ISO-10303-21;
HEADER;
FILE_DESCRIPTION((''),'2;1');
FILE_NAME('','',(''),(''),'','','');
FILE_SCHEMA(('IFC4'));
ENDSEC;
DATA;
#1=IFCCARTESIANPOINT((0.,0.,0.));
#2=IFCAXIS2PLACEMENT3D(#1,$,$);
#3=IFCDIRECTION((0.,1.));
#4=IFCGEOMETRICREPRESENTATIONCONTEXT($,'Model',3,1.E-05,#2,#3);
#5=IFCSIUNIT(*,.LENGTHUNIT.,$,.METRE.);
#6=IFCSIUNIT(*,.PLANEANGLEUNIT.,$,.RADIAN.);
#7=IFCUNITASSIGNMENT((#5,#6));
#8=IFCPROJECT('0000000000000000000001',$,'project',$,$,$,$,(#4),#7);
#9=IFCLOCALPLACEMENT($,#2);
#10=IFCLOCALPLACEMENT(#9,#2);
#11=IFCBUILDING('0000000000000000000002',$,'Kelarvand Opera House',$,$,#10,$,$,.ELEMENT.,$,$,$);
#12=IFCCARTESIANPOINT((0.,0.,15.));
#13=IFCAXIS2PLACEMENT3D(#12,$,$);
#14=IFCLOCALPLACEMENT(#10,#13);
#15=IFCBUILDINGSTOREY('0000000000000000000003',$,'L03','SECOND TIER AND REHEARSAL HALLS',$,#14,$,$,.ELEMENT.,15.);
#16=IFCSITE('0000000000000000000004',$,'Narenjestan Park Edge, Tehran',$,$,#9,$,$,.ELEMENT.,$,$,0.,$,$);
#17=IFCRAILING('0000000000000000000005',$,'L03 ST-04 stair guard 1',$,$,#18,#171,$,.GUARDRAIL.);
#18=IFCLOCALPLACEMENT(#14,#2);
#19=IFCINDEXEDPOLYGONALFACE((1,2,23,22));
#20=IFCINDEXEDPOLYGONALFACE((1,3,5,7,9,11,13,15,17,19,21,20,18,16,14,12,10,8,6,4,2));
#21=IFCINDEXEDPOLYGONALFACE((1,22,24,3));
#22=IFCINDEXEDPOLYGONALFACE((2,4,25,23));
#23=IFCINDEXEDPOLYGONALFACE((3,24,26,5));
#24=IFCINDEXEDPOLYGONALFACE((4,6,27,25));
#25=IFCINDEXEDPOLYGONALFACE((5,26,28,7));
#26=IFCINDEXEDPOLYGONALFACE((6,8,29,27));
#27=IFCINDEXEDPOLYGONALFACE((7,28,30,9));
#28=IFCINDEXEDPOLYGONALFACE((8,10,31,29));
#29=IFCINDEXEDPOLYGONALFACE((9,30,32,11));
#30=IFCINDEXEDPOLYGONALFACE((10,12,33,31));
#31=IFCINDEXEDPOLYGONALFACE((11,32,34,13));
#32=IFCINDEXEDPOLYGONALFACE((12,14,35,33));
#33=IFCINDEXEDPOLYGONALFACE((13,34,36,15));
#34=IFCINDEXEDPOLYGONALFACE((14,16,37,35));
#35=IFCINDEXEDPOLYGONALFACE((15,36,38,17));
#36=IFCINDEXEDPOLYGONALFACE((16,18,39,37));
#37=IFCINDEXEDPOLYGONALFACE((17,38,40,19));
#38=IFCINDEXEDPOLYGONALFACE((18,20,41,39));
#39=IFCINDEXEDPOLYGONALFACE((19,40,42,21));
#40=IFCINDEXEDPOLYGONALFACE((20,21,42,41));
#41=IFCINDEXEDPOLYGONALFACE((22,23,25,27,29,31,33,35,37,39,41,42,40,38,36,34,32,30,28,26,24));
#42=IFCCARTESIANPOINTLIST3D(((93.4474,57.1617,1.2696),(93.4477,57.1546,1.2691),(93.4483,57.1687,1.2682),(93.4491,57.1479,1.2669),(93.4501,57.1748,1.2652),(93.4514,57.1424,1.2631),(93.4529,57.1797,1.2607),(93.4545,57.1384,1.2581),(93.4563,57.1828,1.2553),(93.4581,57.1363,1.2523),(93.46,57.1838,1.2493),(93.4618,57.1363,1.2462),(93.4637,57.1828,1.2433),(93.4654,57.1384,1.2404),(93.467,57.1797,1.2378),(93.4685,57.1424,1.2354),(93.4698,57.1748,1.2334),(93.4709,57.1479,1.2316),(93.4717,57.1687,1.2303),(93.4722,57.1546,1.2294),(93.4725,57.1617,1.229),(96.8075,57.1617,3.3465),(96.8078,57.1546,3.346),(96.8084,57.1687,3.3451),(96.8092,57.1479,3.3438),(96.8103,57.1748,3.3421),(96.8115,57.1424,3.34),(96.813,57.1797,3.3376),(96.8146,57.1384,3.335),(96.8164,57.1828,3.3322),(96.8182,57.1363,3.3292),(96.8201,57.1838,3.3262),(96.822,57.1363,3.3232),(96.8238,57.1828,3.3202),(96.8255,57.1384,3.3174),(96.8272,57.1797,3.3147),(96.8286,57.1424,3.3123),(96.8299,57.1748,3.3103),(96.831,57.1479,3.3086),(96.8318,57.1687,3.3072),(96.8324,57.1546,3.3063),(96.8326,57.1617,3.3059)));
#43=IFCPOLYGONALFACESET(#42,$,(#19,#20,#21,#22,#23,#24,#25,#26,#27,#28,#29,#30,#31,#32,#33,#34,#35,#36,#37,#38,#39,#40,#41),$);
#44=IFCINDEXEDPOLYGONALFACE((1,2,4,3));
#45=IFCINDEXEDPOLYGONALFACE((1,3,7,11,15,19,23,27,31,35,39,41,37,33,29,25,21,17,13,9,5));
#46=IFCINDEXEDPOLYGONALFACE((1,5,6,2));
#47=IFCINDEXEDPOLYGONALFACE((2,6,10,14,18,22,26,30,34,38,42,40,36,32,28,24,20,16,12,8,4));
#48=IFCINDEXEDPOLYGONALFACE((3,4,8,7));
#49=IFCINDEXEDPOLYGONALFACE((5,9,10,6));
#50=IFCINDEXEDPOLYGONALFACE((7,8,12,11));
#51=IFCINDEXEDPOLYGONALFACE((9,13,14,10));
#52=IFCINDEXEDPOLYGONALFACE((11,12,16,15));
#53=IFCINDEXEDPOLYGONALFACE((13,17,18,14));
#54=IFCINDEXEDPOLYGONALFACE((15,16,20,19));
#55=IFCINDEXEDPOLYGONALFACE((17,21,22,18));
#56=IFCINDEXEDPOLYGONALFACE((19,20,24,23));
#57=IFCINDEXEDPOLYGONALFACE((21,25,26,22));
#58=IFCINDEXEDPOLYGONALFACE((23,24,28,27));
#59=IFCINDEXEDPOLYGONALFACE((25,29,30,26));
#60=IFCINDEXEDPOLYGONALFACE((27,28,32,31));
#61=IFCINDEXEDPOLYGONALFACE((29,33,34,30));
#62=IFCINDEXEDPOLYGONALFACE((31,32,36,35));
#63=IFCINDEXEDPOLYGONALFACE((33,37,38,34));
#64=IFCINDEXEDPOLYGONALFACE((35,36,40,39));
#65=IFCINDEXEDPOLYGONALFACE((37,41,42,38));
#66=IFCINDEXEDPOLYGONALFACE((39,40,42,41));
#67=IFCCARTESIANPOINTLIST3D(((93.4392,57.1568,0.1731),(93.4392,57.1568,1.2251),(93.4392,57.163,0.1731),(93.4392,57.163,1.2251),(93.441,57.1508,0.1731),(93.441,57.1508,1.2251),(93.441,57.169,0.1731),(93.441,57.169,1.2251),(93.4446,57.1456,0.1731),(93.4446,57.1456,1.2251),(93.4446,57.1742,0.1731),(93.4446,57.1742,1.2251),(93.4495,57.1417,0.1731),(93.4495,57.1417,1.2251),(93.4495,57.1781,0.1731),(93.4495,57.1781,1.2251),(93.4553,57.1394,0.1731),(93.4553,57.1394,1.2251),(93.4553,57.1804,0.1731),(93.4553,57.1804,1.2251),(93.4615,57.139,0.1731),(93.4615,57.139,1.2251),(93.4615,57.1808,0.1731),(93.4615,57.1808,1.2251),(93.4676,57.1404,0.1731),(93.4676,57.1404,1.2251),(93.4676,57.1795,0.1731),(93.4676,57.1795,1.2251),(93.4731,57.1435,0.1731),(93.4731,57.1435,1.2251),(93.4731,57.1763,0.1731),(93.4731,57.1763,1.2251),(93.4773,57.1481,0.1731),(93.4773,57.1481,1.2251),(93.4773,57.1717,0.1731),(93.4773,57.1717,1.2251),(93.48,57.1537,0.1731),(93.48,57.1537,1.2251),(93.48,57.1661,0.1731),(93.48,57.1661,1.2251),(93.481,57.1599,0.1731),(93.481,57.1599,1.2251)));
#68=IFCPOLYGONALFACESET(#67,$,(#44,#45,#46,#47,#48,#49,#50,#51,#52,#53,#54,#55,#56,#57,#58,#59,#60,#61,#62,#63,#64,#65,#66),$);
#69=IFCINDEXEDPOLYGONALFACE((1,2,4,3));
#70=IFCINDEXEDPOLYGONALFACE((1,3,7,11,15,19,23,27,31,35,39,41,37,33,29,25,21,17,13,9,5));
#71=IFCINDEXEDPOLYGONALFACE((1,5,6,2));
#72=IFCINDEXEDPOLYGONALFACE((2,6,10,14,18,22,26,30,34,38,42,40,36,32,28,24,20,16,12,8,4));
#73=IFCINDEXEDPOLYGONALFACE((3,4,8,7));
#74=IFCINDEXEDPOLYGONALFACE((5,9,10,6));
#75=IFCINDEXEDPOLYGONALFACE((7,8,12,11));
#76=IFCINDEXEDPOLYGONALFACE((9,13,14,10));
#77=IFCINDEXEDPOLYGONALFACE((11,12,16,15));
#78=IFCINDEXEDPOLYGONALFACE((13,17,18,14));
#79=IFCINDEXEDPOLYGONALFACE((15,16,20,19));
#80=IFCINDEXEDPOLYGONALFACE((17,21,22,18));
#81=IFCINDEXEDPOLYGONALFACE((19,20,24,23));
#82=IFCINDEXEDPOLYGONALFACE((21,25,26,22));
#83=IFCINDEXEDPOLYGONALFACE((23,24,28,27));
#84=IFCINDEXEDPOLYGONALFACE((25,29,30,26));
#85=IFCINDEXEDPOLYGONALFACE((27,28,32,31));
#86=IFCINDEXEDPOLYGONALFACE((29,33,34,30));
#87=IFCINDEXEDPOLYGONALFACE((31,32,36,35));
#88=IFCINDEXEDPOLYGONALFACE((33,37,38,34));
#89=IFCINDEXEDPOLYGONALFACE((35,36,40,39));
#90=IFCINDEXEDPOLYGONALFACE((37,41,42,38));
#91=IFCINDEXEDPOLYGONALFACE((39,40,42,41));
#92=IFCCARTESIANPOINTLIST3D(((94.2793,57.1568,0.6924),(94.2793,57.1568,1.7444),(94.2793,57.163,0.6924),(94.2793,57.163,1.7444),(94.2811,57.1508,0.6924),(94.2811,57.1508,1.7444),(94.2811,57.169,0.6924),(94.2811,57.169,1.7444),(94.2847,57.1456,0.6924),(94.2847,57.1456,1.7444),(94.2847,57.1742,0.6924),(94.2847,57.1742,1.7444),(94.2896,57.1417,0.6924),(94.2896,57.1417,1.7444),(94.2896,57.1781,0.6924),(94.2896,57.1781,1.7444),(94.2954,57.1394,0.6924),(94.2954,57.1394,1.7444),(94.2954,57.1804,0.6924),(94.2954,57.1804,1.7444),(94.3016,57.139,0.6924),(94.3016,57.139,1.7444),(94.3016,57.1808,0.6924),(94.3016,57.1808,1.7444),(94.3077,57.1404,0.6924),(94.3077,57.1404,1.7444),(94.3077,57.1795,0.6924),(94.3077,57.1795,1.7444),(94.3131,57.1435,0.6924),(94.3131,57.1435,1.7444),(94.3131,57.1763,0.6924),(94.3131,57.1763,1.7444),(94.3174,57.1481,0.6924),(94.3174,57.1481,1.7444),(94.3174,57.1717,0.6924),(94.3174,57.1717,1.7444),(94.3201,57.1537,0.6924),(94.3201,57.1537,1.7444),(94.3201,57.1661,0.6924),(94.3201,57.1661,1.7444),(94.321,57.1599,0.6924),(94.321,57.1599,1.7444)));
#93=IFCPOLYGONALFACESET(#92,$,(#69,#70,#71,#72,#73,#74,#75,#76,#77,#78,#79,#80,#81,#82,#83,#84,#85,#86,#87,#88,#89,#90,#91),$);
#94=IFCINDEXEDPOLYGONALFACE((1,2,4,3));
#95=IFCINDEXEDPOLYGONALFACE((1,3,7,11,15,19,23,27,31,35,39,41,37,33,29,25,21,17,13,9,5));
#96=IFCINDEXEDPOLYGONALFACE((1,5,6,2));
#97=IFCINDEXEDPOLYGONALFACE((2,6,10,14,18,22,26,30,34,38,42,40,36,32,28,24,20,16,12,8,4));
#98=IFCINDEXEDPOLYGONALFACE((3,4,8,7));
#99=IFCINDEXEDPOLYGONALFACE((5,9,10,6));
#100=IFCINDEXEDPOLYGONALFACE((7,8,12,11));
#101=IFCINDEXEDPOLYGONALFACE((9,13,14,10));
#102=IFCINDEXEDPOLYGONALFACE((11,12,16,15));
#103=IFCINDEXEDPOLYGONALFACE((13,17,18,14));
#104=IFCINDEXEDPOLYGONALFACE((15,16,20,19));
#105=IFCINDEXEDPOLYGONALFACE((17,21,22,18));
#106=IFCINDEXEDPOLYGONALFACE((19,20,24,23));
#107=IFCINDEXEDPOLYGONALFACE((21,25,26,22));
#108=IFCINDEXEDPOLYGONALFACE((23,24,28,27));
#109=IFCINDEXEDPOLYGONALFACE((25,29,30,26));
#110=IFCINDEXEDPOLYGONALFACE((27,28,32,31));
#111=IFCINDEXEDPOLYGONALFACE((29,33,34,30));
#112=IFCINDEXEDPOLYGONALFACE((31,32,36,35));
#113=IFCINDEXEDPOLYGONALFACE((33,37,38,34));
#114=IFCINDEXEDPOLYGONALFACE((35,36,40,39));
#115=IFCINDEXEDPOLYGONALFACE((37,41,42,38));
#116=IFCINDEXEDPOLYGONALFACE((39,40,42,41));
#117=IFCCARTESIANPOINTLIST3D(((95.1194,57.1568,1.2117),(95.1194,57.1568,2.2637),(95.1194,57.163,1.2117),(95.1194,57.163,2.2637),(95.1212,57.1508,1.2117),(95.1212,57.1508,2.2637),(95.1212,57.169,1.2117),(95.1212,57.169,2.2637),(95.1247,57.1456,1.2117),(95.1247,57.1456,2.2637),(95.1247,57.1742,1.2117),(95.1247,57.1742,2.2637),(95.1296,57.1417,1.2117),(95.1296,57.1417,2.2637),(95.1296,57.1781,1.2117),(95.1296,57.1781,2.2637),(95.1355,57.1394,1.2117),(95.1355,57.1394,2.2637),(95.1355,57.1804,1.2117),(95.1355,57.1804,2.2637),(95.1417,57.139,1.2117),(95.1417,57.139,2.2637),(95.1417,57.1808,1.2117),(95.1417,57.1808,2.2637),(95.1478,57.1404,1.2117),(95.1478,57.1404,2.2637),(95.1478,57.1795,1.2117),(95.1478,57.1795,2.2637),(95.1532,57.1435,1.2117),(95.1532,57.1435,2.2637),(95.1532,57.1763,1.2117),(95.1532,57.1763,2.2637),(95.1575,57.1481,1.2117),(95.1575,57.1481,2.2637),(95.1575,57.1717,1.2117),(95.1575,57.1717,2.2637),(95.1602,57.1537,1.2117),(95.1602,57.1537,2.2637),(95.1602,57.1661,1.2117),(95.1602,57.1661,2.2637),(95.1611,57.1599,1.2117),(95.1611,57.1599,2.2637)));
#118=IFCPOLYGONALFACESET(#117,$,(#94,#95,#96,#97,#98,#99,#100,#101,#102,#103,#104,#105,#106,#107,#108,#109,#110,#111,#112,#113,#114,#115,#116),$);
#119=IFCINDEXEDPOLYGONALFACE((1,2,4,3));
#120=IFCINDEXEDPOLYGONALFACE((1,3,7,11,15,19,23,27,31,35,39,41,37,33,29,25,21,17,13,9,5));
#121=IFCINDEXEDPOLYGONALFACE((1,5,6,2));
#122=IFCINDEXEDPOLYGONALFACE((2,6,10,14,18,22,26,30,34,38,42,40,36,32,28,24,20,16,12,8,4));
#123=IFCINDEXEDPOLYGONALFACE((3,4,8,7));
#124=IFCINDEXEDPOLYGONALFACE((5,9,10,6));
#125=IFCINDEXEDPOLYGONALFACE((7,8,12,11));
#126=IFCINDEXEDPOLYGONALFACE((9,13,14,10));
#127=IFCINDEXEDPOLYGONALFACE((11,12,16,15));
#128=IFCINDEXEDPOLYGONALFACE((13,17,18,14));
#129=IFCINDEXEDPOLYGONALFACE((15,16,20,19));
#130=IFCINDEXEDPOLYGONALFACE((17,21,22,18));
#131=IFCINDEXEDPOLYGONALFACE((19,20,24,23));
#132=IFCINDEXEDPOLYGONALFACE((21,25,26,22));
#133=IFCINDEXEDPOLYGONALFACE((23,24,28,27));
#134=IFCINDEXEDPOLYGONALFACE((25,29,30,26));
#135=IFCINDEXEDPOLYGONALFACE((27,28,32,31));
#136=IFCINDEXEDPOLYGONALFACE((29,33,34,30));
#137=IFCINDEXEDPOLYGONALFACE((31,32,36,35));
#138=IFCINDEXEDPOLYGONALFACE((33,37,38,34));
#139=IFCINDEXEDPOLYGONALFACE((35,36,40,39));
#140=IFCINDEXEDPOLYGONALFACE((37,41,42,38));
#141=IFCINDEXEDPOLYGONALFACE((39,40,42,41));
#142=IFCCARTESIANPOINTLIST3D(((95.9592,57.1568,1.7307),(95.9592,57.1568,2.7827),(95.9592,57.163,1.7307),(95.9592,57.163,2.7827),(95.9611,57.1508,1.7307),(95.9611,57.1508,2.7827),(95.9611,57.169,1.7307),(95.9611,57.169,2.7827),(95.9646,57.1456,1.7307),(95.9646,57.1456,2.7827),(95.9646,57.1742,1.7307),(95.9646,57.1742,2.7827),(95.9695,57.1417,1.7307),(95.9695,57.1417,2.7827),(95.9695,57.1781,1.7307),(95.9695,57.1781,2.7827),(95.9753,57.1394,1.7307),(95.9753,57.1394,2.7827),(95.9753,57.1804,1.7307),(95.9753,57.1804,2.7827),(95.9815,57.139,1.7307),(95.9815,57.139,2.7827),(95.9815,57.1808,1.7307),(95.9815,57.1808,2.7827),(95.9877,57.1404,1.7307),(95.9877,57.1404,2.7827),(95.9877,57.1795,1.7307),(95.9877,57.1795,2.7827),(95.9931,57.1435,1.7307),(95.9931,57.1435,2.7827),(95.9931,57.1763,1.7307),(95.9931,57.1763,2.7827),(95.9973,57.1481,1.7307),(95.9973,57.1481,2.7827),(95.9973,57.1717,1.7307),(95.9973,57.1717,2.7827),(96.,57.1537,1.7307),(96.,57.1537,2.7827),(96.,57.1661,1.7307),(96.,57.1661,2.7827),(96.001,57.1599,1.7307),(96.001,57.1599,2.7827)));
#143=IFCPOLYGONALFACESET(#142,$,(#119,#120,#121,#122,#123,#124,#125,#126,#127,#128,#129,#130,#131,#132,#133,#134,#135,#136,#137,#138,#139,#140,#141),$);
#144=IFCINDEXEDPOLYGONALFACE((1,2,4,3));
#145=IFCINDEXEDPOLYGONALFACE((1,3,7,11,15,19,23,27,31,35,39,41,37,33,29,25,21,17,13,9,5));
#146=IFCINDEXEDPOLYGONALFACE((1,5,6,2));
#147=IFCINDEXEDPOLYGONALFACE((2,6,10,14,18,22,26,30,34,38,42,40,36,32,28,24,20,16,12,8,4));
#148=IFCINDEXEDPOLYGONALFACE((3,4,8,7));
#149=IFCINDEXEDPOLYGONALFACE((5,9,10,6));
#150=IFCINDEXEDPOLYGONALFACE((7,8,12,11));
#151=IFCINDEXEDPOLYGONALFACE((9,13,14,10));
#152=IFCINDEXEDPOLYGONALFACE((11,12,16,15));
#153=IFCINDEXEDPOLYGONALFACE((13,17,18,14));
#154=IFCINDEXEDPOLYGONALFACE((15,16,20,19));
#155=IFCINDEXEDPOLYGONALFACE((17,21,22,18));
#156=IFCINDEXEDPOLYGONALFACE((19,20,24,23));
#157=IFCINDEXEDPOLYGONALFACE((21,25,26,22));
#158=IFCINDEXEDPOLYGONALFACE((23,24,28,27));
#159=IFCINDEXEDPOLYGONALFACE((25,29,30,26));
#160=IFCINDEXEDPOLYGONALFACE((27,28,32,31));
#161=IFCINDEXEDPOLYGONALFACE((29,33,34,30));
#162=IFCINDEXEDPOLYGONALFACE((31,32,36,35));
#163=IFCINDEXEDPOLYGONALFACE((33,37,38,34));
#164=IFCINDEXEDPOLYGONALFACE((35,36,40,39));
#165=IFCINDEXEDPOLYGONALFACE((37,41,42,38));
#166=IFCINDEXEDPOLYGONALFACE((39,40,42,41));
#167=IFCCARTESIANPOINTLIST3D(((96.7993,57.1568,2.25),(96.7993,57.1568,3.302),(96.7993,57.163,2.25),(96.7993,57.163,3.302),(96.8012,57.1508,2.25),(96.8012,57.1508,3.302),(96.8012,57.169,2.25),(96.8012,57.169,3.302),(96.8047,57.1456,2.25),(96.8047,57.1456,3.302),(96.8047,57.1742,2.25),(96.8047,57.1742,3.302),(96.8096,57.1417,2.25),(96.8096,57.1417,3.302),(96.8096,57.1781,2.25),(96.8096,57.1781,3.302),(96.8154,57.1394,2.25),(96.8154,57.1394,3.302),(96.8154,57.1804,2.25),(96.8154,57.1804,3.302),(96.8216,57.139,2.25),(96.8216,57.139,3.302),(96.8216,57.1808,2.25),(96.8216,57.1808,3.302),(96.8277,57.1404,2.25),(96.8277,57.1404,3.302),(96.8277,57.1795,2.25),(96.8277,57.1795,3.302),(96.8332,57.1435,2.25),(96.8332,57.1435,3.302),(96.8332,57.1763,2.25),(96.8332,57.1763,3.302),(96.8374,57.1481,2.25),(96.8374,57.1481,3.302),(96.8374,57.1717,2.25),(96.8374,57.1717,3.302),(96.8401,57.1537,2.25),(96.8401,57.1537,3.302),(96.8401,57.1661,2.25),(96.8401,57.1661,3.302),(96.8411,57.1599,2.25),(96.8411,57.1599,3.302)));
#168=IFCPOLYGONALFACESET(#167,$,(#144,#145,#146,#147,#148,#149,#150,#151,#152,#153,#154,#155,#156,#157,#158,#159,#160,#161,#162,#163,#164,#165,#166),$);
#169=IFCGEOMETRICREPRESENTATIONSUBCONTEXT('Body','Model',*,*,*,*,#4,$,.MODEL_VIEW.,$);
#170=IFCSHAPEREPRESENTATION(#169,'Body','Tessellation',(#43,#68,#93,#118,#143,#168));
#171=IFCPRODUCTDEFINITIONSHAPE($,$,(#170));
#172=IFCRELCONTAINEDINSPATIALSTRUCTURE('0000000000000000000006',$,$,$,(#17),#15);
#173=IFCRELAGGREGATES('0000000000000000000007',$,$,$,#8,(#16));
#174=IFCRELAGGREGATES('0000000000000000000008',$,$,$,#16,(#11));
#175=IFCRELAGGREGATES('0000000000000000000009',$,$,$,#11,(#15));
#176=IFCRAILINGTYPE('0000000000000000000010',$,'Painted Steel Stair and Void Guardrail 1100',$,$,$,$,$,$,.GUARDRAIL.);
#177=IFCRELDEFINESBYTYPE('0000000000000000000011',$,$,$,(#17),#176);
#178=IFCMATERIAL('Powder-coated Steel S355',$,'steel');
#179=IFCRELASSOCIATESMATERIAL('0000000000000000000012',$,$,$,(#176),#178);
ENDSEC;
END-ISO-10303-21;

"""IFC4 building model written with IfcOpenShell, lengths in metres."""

from ifc_helpers import new_model, si_unit, direction, frame, origin, origin_2d, place, context, subcontext, project, spatial, circle, extrude, material, type_object, element, save


model = new_model("IFC4")

# Units and contexts
model_context = context("Model", 3, precision=1e-05, world=origin(), true_north=direction((0.0, 1.0)))
body_context = subcontext(model_context, "Body", "Model", "MODEL_VIEW")
ifc_project = project(units=[si_unit("LENGTHUNIT", "METRE"), si_unit("PLANEANGLEUNIT", "RADIAN")], contexts=[model_context])

# Site, building, storey
site_placement = place(None, origin())
site = spatial("IfcSite", under=ifc_project, at=site_placement, Name="Narenjestan Park Edge, Tehran", CompositionType="ELEMENT", RefElevation=0.0)
building_placement = place(site_placement, origin())
building = spatial("IfcBuilding", under=site, at=building_placement, Name="Kelarvand Opera House", CompositionType="ELEMENT")
storey_placement = place(building_placement, frame((0.0, 0.0, 15.0)))
storey = spatial("IfcBuildingStorey", under=building, at=storey_placement, Name="L03", Description="SECOND TIER AND REHEARSAL HALLS", CompositionType="ELEMENT", Elevation=15.0)

# Railing
ifc_material_1 = material(Name="Powder-coated Steel S355", Category="steel")
railing_type_1 = type_object("IfcRailingType", Name="Painted Steel Stair and Void Guardrail 1100", PredefinedType="GUARDRAIL", material=ifc_material_1)
railing_1_placement = place(storey_placement, frame((93.46, 57.1599, 0.1731)))
element("IfcRailing", 1, at=railing_1_placement, inside=storey, type_object=railing_type_1, Name="L03 ST-04 stair guard 1", PredefinedType="GUARDRAIL", context=body_context, shape_type="SweptSolid", body=[
    extrude(circle(Radius=0.0239, at=origin_2d()), frame((0.0, 0.0, 1.0762), z_axis=(0.850623, 0.0, 0.525776), x_axis=(0.0, 1.0, 0.0)), (0.0, 0.0, 1.0), 3.9502),
    extrude(circle(Radius=0.021, at=origin_2d()), origin(), (0.0, 0.0, 1.0), 1.052),
    extrude(circle(Radius=0.021, at=origin_2d()), frame((0.8401, 0.0, 0.5193)), (0.0, 0.0, 1.0), 1.052),
    extrude(circle(Radius=0.021, at=origin_2d()), frame((1.6802, 0.0, 1.0386)), (0.0, 0.0, 1.0), 1.052),
    extrude(circle(Radius=0.021, at=origin_2d()), frame((2.52, 0.0, 1.5576)), (0.0, 0.0, 1.0), 1.052),
    extrude(circle(Radius=0.021, at=origin_2d()), frame((3.3601, 0.0, 2.0769)), (0.0, 0.0, 1.0), 1.052),
])

save(model, "model.ifc")
